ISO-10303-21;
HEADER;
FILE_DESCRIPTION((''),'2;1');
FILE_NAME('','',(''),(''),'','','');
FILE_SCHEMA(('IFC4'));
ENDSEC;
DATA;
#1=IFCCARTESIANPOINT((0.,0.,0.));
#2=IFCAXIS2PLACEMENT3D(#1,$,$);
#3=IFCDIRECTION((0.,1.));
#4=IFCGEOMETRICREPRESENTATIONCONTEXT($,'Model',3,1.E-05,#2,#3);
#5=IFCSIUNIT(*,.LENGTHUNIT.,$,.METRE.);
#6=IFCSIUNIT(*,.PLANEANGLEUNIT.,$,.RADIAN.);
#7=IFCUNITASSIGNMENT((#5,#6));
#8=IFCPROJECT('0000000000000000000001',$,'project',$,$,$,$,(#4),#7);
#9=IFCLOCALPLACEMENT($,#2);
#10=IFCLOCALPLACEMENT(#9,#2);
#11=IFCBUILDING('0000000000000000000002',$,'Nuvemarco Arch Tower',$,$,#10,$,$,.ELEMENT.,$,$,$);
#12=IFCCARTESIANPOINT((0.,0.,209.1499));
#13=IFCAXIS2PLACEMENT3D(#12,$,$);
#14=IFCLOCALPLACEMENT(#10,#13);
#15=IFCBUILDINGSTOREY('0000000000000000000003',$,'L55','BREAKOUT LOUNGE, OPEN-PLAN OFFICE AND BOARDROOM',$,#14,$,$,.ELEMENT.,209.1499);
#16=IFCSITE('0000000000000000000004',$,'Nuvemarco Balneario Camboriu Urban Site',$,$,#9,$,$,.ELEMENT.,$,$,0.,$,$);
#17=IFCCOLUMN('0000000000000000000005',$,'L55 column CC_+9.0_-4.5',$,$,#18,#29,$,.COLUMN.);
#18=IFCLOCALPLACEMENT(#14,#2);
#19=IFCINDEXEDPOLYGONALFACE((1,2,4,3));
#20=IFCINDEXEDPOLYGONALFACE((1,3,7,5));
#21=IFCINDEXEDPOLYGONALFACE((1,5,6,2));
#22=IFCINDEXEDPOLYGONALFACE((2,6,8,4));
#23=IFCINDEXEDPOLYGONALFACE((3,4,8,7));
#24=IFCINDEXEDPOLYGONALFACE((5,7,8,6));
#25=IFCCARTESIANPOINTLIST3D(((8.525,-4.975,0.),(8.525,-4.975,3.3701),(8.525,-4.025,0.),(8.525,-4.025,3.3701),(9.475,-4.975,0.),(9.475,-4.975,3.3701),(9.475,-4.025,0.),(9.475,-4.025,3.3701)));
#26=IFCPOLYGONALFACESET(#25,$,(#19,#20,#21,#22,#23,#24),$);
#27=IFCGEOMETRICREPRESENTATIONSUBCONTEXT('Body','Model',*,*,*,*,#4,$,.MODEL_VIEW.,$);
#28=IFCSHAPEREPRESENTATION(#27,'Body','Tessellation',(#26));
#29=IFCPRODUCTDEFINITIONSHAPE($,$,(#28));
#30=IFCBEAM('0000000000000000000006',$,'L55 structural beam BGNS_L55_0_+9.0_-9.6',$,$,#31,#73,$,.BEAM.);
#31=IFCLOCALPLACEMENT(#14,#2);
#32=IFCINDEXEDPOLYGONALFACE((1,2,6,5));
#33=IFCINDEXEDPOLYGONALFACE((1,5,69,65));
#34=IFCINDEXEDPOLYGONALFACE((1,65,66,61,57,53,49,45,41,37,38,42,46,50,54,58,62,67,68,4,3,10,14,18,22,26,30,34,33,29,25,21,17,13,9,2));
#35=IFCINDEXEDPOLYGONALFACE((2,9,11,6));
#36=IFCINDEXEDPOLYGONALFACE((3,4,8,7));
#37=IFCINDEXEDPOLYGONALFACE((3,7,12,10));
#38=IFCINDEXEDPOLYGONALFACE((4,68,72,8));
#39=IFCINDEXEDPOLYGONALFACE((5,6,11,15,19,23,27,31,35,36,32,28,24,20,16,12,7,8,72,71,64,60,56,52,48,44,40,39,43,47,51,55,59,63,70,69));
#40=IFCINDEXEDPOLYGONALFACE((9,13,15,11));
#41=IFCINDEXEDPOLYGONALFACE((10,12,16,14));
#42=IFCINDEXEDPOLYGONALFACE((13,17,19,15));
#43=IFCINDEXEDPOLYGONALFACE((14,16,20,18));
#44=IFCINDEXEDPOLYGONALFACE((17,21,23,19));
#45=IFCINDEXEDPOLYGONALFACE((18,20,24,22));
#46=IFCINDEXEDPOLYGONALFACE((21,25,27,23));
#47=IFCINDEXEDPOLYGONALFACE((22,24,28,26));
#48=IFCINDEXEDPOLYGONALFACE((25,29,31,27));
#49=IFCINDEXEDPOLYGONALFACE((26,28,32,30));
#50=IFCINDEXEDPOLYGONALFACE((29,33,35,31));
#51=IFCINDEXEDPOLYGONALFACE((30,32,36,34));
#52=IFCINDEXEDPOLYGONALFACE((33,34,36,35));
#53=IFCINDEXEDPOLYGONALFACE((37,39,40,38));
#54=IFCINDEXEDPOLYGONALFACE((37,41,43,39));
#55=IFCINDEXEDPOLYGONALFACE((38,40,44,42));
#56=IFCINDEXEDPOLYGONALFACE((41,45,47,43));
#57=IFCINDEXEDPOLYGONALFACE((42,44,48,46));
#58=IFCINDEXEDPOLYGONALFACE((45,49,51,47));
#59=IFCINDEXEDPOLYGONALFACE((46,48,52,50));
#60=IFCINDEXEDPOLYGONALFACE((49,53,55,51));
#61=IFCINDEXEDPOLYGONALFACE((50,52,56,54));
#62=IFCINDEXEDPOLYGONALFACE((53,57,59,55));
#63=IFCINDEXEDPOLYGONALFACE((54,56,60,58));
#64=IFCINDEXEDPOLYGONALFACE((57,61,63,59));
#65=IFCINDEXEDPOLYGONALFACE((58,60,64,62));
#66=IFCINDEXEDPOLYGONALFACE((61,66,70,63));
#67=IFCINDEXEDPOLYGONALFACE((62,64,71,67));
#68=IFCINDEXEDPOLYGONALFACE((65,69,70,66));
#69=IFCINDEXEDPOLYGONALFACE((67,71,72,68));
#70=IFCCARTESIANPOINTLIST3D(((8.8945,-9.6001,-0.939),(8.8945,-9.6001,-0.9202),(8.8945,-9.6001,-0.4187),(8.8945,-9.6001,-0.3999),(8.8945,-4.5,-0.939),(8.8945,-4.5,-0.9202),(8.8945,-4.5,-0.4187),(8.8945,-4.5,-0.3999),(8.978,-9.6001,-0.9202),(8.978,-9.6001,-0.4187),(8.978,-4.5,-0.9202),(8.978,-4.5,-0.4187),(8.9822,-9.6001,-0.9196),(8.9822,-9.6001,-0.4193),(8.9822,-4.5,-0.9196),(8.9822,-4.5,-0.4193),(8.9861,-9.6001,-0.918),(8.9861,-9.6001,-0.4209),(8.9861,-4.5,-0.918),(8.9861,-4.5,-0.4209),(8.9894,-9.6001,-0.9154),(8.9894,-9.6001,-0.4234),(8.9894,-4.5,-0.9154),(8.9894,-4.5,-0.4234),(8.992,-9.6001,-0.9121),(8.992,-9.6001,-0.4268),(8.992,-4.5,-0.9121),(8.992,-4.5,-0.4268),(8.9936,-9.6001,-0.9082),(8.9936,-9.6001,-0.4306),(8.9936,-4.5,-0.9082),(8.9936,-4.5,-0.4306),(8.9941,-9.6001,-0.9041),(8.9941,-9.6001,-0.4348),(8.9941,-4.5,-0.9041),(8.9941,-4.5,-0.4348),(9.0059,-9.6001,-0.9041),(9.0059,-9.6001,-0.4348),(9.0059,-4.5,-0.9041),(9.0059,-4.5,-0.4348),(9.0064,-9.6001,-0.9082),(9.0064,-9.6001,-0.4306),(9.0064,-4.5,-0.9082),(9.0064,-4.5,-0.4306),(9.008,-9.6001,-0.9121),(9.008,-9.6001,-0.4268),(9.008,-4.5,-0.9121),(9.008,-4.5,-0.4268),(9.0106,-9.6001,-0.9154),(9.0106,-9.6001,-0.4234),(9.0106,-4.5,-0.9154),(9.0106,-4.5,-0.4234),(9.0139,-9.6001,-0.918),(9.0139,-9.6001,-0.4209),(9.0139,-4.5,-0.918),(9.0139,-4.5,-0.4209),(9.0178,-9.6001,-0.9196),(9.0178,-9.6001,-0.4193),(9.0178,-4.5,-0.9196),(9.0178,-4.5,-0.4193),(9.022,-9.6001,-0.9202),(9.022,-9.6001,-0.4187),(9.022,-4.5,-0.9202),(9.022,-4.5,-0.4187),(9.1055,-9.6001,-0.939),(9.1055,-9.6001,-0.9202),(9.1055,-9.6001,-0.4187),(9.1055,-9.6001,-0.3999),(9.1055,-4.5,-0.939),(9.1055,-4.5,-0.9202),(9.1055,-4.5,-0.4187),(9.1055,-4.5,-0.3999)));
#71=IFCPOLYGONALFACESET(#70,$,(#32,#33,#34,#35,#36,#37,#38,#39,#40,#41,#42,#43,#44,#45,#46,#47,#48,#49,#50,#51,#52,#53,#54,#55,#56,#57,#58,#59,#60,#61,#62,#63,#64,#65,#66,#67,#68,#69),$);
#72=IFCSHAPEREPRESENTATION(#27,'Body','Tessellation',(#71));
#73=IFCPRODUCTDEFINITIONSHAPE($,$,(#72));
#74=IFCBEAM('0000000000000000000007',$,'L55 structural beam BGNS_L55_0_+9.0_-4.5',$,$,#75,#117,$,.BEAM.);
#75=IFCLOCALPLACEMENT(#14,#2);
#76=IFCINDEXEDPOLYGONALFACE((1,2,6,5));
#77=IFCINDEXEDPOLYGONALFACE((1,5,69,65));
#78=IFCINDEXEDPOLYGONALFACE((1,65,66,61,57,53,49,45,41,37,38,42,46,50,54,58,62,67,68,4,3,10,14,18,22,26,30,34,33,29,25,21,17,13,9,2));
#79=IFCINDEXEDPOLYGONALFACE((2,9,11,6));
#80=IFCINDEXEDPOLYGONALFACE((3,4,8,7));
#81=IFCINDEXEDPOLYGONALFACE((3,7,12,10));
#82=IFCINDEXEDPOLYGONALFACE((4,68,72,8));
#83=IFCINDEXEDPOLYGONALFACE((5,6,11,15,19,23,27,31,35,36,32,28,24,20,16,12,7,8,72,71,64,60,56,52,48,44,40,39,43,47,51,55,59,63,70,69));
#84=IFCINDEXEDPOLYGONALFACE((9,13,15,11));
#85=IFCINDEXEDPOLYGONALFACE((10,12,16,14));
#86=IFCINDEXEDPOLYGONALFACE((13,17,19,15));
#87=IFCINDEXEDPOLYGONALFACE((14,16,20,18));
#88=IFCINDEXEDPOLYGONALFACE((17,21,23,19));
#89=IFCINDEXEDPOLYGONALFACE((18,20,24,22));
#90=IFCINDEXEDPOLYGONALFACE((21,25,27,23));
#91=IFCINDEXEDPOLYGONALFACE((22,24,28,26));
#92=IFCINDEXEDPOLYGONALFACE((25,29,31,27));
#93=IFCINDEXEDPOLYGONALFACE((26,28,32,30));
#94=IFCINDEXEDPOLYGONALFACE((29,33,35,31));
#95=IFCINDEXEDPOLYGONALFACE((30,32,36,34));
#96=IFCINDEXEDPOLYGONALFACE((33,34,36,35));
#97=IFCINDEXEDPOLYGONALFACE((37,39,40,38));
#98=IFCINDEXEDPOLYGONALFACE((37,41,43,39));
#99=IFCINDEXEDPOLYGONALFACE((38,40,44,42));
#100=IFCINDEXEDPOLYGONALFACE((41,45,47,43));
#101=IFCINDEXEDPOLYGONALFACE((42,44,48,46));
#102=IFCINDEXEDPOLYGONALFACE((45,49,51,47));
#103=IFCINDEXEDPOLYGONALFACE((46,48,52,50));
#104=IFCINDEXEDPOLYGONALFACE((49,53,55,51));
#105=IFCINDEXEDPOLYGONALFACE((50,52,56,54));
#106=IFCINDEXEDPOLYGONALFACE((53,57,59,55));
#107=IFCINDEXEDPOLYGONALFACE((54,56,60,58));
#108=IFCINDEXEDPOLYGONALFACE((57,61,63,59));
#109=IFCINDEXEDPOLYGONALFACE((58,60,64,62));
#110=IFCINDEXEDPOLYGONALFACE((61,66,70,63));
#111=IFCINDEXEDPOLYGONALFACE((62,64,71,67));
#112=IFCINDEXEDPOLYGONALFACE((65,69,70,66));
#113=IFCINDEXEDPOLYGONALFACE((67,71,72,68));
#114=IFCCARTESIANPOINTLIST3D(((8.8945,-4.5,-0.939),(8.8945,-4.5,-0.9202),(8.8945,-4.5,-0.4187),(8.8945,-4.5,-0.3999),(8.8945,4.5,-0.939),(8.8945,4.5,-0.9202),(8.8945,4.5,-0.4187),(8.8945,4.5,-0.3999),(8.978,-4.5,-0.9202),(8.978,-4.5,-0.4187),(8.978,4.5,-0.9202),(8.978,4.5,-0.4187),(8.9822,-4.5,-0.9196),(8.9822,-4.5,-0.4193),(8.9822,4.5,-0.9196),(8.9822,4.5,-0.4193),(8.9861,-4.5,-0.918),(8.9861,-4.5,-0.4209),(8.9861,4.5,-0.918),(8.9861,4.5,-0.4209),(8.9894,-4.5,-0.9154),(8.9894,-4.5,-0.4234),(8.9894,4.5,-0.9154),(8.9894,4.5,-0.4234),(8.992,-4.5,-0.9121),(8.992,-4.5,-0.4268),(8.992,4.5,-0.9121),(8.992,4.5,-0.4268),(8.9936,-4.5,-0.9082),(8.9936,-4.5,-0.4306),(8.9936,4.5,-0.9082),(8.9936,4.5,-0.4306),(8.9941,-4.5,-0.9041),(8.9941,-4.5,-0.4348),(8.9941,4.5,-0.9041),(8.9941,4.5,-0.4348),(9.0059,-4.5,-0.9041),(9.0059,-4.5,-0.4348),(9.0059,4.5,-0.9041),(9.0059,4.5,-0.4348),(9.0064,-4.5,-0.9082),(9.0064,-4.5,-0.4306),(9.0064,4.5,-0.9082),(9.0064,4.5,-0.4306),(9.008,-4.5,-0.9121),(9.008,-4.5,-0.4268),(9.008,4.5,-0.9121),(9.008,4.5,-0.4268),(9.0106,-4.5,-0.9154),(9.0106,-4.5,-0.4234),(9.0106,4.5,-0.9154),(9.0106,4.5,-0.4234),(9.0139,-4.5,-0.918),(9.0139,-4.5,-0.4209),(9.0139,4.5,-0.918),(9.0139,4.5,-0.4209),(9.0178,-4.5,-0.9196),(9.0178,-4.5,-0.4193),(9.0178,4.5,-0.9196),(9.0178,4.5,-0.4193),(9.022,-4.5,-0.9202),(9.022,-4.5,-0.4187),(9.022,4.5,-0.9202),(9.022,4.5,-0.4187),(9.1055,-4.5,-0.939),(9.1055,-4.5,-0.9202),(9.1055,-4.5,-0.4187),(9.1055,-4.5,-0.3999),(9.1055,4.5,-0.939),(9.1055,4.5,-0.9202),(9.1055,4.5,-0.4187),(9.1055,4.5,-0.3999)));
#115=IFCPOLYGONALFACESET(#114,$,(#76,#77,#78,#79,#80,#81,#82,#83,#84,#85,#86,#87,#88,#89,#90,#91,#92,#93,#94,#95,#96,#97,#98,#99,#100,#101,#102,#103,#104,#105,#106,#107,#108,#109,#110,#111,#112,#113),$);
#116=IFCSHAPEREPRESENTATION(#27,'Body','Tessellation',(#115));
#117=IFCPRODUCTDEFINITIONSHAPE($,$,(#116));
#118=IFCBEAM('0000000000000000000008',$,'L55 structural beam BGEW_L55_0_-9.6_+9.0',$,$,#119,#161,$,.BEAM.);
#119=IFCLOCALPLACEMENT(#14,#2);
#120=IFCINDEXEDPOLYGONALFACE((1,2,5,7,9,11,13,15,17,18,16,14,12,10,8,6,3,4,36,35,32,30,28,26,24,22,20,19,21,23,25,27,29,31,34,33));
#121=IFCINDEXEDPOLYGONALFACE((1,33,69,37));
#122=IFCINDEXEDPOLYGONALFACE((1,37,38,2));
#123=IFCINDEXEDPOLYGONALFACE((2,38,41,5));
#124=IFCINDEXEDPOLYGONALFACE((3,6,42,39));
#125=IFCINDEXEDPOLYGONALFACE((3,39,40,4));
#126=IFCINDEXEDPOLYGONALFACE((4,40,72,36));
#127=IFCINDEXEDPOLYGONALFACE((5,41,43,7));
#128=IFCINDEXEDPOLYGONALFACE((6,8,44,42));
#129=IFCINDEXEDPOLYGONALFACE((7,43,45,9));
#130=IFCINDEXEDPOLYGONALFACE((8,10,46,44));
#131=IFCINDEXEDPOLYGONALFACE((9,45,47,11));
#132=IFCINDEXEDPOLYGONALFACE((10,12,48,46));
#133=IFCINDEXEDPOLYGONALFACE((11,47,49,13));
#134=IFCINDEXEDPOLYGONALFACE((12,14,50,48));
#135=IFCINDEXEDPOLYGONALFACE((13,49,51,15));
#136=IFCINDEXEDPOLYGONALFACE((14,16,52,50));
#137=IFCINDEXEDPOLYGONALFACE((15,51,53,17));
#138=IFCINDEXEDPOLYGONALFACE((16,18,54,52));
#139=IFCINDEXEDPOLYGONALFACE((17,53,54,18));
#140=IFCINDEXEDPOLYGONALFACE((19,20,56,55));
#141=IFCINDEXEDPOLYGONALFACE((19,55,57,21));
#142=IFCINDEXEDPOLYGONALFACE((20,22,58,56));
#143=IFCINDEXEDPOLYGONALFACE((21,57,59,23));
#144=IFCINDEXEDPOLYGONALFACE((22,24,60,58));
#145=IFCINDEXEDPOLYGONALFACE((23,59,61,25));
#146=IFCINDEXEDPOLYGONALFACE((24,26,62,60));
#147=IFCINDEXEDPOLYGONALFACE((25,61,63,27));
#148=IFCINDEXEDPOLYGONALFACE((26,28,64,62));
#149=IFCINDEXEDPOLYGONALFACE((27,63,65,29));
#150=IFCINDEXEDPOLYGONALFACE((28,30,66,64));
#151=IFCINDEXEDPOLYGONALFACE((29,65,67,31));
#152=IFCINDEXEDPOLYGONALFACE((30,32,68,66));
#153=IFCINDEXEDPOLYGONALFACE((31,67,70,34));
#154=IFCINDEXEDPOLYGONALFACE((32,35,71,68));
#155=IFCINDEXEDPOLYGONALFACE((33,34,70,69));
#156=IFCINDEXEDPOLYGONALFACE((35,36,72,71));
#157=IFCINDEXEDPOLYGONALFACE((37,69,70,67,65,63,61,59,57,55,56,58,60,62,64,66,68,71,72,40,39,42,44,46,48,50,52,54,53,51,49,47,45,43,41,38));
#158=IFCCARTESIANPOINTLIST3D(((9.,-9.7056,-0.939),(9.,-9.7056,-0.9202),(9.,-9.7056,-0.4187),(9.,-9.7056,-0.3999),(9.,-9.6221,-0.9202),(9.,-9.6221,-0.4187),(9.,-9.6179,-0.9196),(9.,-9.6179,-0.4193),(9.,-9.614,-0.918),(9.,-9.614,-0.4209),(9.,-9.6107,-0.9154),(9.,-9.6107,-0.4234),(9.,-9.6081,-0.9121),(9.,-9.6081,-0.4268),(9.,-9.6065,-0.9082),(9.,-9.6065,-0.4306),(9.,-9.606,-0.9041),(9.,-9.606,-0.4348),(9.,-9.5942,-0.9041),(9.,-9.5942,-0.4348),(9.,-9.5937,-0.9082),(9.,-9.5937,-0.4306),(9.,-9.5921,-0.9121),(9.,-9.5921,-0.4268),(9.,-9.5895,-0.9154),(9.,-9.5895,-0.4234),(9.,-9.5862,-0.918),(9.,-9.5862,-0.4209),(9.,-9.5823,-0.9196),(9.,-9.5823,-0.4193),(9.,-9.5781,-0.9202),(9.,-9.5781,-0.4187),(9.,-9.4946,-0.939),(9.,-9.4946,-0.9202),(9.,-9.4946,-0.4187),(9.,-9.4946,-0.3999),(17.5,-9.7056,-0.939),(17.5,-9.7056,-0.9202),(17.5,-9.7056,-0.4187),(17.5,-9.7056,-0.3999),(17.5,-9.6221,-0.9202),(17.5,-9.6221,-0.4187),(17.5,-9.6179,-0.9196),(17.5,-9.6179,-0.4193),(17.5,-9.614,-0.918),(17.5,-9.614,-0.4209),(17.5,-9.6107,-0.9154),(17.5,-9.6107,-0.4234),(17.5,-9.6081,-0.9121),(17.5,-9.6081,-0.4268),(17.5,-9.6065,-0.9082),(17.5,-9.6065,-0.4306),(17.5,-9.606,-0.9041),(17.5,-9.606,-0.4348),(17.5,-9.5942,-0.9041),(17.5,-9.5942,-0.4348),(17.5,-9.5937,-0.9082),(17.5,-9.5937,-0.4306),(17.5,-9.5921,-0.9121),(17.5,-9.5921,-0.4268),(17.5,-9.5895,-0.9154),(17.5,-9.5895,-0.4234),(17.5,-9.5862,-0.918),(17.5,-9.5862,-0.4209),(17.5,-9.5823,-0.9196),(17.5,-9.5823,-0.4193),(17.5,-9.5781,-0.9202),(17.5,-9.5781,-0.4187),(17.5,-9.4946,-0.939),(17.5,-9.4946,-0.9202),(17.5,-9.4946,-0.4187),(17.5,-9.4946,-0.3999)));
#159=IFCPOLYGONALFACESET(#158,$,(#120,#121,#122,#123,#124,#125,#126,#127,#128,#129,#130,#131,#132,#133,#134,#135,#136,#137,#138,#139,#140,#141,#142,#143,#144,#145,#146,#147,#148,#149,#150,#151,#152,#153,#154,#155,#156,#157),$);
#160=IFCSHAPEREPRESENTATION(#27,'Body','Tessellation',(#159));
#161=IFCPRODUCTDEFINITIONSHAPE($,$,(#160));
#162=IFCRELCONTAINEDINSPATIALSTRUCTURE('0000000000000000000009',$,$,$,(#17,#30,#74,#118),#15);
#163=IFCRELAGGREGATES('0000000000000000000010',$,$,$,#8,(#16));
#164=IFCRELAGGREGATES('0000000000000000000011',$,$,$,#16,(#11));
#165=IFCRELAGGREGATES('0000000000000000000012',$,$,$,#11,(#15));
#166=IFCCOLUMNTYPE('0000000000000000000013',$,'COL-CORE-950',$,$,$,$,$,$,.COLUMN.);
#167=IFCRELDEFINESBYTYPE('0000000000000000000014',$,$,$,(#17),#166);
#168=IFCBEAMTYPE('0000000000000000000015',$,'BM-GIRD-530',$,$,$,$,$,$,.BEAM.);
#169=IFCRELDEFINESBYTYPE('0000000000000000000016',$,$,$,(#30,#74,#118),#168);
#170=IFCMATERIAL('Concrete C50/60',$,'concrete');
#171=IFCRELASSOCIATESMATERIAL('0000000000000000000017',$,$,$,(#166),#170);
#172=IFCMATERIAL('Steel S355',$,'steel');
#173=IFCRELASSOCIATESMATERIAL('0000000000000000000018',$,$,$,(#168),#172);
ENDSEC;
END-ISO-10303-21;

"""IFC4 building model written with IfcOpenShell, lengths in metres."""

from ifc_helpers import new_model, si_unit, direction, frame, origin, origin_2d, place, context, subcontext, project, spatial, rectangle, i_section, extrude, material, material_profile, profile_set, type_object, element, save


model = new_model("IFC4")

# Units and contexts
model_context = context("Model", 3, precision=1e-05, world=origin(), true_north=direction((0.0, 1.0)))
body_context = subcontext(model_context, "Body", "Model", "MODEL_VIEW")
ifc_project = project(units=[si_unit("LENGTHUNIT", "METRE"), si_unit("PLANEANGLEUNIT", "RADIAN")], contexts=[model_context])

# Site, building, storey
site_placement = place(None, origin())
site = spatial("IfcSite", under=ifc_project, at=site_placement, Name="Nuvemarco Balneario Camboriu Urban Site", CompositionType="ELEMENT", RefElevation=0.0)
building_placement = place(site_placement, origin())
building = spatial("IfcBuilding", under=site, at=building_placement, Name="Nuvemarco Arch Tower", CompositionType="ELEMENT")
storey_placement = place(building_placement, frame((0.0, 0.0, 209.1499)))
storey = spatial("IfcBuildingStorey", under=building, at=storey_placement, Name="L55", Description="BREAKOUT LOUNGE, OPEN-PLAN OFFICE AND BOARDROOM", CompositionType="ELEMENT", Elevation=209.1499)

# Column
ifc_material_1 = material(Name="Concrete C50/60", Category="concrete")
ifc_material_profile_1 = material_profile(ifc_material_1, rectangle(XDim=0.95, YDim=0.95, at=origin_2d()), Name="RC-COL-950x950")
ifc_profile_set_1 = profile_set([ifc_material_profile_1], Name="Concrete C50/60")
column_type = type_object("IfcColumnType", Name="COL-CORE-950", PredefinedType="COLUMN", material=ifc_profile_set_1)
column_placement = place(storey_placement, frame((9.0, -4.5, 0.0), z_axis=(0.0, 0.0, 1.0), x_axis=(1.0, 0.0, 0.0)))
element("IfcColumn", 1, at=column_placement, inside=storey, type_object=column_type, Name="L55 column CC_+9.0_-4.5", PredefinedType="COLUMN", context=body_context, shape_type="SweptSolid", body=[
    extrude(rectangle(XDim=0.95, YDim=0.95, at=origin_2d()), origin(), (0.0, 0.0, 1.0), 3.3701),
])

# Beams
ifc_material_2 = material(Name="Steel S355", Category="steel")
ifc_material_profile_2 = material_profile(ifc_material_2, i_section(OverallWidth=0.2109, OverallDepth=0.5391, WebThickness=0.0117, FlangeThickness=0.0188, FilletRadius=0.0161, at=origin_2d()), Name="W530x109")
ifc_profile_set_2 = profile_set([ifc_material_profile_2], Name="Steel S355")
beam_type = type_object("IfcBeamType", Name="BM-GIRD-530", PredefinedType="BEAM", material=ifc_profile_set_2)
beam_1_placement = place(storey_placement, frame((9.0, -9.6001, -0.6694), z_axis=(0.0, 1.0, 0.0), x_axis=(-1.0, 0.0, 0.0)))
element("IfcBeam", 2, at=beam_1_placement, inside=storey, type_object=beam_type, Name="L55 structural beam BGNS_L55_0_+9.0_-9.6", PredefinedType="BEAM", context=body_context, shape_type="SweptSolid", body=[
    extrude(i_section(OverallWidth=0.2109, OverallDepth=0.5391, WebThickness=0.0117, FlangeThickness=0.0188, FilletRadius=0.0161, at=origin_2d()), origin(), (0.0, 0.0, 1.0), 5.1001),
])
beam_2_placement = place(storey_placement, frame((9.0, -4.5, -0.6694), z_axis=(0.0, 1.0, 0.0), x_axis=(-1.0, 0.0, 0.0)))
element("IfcBeam", 3, at=beam_2_placement, inside=storey, type_object=beam_type, Name="L55 structural beam BGNS_L55_0_+9.0_-4.5", PredefinedType="BEAM", context=body_context, shape_type="SweptSolid", body=[
    extrude(i_section(OverallWidth=0.2109, OverallDepth=0.5391, WebThickness=0.0117, FlangeThickness=0.0188, FilletRadius=0.0161, at=origin_2d()), origin(), (0.0, 0.0, 1.0), 9.0),
])
beam_3_placement = place(storey_placement, frame((9.0, -9.6001, -0.6694), z_axis=(1.0, 0.0, 0.0), x_axis=(0.0, 1.0, 0.0)))
element("IfcBeam", 4, at=beam_3_placement, inside=storey, type_object=beam_type, Name="L55 structural beam BGEW_L55_0_-9.6_+9.0", PredefinedType="BEAM", context=body_context, shape_type="SweptSolid", body=[
    extrude(i_section(OverallWidth=0.2109, OverallDepth=0.5391, WebThickness=0.0117, FlangeThickness=0.0188, FilletRadius=0.0161, at=origin_2d()), origin(), (0.0, 0.0, 1.0), 8.5),
])

save(model, "model.ifc")
